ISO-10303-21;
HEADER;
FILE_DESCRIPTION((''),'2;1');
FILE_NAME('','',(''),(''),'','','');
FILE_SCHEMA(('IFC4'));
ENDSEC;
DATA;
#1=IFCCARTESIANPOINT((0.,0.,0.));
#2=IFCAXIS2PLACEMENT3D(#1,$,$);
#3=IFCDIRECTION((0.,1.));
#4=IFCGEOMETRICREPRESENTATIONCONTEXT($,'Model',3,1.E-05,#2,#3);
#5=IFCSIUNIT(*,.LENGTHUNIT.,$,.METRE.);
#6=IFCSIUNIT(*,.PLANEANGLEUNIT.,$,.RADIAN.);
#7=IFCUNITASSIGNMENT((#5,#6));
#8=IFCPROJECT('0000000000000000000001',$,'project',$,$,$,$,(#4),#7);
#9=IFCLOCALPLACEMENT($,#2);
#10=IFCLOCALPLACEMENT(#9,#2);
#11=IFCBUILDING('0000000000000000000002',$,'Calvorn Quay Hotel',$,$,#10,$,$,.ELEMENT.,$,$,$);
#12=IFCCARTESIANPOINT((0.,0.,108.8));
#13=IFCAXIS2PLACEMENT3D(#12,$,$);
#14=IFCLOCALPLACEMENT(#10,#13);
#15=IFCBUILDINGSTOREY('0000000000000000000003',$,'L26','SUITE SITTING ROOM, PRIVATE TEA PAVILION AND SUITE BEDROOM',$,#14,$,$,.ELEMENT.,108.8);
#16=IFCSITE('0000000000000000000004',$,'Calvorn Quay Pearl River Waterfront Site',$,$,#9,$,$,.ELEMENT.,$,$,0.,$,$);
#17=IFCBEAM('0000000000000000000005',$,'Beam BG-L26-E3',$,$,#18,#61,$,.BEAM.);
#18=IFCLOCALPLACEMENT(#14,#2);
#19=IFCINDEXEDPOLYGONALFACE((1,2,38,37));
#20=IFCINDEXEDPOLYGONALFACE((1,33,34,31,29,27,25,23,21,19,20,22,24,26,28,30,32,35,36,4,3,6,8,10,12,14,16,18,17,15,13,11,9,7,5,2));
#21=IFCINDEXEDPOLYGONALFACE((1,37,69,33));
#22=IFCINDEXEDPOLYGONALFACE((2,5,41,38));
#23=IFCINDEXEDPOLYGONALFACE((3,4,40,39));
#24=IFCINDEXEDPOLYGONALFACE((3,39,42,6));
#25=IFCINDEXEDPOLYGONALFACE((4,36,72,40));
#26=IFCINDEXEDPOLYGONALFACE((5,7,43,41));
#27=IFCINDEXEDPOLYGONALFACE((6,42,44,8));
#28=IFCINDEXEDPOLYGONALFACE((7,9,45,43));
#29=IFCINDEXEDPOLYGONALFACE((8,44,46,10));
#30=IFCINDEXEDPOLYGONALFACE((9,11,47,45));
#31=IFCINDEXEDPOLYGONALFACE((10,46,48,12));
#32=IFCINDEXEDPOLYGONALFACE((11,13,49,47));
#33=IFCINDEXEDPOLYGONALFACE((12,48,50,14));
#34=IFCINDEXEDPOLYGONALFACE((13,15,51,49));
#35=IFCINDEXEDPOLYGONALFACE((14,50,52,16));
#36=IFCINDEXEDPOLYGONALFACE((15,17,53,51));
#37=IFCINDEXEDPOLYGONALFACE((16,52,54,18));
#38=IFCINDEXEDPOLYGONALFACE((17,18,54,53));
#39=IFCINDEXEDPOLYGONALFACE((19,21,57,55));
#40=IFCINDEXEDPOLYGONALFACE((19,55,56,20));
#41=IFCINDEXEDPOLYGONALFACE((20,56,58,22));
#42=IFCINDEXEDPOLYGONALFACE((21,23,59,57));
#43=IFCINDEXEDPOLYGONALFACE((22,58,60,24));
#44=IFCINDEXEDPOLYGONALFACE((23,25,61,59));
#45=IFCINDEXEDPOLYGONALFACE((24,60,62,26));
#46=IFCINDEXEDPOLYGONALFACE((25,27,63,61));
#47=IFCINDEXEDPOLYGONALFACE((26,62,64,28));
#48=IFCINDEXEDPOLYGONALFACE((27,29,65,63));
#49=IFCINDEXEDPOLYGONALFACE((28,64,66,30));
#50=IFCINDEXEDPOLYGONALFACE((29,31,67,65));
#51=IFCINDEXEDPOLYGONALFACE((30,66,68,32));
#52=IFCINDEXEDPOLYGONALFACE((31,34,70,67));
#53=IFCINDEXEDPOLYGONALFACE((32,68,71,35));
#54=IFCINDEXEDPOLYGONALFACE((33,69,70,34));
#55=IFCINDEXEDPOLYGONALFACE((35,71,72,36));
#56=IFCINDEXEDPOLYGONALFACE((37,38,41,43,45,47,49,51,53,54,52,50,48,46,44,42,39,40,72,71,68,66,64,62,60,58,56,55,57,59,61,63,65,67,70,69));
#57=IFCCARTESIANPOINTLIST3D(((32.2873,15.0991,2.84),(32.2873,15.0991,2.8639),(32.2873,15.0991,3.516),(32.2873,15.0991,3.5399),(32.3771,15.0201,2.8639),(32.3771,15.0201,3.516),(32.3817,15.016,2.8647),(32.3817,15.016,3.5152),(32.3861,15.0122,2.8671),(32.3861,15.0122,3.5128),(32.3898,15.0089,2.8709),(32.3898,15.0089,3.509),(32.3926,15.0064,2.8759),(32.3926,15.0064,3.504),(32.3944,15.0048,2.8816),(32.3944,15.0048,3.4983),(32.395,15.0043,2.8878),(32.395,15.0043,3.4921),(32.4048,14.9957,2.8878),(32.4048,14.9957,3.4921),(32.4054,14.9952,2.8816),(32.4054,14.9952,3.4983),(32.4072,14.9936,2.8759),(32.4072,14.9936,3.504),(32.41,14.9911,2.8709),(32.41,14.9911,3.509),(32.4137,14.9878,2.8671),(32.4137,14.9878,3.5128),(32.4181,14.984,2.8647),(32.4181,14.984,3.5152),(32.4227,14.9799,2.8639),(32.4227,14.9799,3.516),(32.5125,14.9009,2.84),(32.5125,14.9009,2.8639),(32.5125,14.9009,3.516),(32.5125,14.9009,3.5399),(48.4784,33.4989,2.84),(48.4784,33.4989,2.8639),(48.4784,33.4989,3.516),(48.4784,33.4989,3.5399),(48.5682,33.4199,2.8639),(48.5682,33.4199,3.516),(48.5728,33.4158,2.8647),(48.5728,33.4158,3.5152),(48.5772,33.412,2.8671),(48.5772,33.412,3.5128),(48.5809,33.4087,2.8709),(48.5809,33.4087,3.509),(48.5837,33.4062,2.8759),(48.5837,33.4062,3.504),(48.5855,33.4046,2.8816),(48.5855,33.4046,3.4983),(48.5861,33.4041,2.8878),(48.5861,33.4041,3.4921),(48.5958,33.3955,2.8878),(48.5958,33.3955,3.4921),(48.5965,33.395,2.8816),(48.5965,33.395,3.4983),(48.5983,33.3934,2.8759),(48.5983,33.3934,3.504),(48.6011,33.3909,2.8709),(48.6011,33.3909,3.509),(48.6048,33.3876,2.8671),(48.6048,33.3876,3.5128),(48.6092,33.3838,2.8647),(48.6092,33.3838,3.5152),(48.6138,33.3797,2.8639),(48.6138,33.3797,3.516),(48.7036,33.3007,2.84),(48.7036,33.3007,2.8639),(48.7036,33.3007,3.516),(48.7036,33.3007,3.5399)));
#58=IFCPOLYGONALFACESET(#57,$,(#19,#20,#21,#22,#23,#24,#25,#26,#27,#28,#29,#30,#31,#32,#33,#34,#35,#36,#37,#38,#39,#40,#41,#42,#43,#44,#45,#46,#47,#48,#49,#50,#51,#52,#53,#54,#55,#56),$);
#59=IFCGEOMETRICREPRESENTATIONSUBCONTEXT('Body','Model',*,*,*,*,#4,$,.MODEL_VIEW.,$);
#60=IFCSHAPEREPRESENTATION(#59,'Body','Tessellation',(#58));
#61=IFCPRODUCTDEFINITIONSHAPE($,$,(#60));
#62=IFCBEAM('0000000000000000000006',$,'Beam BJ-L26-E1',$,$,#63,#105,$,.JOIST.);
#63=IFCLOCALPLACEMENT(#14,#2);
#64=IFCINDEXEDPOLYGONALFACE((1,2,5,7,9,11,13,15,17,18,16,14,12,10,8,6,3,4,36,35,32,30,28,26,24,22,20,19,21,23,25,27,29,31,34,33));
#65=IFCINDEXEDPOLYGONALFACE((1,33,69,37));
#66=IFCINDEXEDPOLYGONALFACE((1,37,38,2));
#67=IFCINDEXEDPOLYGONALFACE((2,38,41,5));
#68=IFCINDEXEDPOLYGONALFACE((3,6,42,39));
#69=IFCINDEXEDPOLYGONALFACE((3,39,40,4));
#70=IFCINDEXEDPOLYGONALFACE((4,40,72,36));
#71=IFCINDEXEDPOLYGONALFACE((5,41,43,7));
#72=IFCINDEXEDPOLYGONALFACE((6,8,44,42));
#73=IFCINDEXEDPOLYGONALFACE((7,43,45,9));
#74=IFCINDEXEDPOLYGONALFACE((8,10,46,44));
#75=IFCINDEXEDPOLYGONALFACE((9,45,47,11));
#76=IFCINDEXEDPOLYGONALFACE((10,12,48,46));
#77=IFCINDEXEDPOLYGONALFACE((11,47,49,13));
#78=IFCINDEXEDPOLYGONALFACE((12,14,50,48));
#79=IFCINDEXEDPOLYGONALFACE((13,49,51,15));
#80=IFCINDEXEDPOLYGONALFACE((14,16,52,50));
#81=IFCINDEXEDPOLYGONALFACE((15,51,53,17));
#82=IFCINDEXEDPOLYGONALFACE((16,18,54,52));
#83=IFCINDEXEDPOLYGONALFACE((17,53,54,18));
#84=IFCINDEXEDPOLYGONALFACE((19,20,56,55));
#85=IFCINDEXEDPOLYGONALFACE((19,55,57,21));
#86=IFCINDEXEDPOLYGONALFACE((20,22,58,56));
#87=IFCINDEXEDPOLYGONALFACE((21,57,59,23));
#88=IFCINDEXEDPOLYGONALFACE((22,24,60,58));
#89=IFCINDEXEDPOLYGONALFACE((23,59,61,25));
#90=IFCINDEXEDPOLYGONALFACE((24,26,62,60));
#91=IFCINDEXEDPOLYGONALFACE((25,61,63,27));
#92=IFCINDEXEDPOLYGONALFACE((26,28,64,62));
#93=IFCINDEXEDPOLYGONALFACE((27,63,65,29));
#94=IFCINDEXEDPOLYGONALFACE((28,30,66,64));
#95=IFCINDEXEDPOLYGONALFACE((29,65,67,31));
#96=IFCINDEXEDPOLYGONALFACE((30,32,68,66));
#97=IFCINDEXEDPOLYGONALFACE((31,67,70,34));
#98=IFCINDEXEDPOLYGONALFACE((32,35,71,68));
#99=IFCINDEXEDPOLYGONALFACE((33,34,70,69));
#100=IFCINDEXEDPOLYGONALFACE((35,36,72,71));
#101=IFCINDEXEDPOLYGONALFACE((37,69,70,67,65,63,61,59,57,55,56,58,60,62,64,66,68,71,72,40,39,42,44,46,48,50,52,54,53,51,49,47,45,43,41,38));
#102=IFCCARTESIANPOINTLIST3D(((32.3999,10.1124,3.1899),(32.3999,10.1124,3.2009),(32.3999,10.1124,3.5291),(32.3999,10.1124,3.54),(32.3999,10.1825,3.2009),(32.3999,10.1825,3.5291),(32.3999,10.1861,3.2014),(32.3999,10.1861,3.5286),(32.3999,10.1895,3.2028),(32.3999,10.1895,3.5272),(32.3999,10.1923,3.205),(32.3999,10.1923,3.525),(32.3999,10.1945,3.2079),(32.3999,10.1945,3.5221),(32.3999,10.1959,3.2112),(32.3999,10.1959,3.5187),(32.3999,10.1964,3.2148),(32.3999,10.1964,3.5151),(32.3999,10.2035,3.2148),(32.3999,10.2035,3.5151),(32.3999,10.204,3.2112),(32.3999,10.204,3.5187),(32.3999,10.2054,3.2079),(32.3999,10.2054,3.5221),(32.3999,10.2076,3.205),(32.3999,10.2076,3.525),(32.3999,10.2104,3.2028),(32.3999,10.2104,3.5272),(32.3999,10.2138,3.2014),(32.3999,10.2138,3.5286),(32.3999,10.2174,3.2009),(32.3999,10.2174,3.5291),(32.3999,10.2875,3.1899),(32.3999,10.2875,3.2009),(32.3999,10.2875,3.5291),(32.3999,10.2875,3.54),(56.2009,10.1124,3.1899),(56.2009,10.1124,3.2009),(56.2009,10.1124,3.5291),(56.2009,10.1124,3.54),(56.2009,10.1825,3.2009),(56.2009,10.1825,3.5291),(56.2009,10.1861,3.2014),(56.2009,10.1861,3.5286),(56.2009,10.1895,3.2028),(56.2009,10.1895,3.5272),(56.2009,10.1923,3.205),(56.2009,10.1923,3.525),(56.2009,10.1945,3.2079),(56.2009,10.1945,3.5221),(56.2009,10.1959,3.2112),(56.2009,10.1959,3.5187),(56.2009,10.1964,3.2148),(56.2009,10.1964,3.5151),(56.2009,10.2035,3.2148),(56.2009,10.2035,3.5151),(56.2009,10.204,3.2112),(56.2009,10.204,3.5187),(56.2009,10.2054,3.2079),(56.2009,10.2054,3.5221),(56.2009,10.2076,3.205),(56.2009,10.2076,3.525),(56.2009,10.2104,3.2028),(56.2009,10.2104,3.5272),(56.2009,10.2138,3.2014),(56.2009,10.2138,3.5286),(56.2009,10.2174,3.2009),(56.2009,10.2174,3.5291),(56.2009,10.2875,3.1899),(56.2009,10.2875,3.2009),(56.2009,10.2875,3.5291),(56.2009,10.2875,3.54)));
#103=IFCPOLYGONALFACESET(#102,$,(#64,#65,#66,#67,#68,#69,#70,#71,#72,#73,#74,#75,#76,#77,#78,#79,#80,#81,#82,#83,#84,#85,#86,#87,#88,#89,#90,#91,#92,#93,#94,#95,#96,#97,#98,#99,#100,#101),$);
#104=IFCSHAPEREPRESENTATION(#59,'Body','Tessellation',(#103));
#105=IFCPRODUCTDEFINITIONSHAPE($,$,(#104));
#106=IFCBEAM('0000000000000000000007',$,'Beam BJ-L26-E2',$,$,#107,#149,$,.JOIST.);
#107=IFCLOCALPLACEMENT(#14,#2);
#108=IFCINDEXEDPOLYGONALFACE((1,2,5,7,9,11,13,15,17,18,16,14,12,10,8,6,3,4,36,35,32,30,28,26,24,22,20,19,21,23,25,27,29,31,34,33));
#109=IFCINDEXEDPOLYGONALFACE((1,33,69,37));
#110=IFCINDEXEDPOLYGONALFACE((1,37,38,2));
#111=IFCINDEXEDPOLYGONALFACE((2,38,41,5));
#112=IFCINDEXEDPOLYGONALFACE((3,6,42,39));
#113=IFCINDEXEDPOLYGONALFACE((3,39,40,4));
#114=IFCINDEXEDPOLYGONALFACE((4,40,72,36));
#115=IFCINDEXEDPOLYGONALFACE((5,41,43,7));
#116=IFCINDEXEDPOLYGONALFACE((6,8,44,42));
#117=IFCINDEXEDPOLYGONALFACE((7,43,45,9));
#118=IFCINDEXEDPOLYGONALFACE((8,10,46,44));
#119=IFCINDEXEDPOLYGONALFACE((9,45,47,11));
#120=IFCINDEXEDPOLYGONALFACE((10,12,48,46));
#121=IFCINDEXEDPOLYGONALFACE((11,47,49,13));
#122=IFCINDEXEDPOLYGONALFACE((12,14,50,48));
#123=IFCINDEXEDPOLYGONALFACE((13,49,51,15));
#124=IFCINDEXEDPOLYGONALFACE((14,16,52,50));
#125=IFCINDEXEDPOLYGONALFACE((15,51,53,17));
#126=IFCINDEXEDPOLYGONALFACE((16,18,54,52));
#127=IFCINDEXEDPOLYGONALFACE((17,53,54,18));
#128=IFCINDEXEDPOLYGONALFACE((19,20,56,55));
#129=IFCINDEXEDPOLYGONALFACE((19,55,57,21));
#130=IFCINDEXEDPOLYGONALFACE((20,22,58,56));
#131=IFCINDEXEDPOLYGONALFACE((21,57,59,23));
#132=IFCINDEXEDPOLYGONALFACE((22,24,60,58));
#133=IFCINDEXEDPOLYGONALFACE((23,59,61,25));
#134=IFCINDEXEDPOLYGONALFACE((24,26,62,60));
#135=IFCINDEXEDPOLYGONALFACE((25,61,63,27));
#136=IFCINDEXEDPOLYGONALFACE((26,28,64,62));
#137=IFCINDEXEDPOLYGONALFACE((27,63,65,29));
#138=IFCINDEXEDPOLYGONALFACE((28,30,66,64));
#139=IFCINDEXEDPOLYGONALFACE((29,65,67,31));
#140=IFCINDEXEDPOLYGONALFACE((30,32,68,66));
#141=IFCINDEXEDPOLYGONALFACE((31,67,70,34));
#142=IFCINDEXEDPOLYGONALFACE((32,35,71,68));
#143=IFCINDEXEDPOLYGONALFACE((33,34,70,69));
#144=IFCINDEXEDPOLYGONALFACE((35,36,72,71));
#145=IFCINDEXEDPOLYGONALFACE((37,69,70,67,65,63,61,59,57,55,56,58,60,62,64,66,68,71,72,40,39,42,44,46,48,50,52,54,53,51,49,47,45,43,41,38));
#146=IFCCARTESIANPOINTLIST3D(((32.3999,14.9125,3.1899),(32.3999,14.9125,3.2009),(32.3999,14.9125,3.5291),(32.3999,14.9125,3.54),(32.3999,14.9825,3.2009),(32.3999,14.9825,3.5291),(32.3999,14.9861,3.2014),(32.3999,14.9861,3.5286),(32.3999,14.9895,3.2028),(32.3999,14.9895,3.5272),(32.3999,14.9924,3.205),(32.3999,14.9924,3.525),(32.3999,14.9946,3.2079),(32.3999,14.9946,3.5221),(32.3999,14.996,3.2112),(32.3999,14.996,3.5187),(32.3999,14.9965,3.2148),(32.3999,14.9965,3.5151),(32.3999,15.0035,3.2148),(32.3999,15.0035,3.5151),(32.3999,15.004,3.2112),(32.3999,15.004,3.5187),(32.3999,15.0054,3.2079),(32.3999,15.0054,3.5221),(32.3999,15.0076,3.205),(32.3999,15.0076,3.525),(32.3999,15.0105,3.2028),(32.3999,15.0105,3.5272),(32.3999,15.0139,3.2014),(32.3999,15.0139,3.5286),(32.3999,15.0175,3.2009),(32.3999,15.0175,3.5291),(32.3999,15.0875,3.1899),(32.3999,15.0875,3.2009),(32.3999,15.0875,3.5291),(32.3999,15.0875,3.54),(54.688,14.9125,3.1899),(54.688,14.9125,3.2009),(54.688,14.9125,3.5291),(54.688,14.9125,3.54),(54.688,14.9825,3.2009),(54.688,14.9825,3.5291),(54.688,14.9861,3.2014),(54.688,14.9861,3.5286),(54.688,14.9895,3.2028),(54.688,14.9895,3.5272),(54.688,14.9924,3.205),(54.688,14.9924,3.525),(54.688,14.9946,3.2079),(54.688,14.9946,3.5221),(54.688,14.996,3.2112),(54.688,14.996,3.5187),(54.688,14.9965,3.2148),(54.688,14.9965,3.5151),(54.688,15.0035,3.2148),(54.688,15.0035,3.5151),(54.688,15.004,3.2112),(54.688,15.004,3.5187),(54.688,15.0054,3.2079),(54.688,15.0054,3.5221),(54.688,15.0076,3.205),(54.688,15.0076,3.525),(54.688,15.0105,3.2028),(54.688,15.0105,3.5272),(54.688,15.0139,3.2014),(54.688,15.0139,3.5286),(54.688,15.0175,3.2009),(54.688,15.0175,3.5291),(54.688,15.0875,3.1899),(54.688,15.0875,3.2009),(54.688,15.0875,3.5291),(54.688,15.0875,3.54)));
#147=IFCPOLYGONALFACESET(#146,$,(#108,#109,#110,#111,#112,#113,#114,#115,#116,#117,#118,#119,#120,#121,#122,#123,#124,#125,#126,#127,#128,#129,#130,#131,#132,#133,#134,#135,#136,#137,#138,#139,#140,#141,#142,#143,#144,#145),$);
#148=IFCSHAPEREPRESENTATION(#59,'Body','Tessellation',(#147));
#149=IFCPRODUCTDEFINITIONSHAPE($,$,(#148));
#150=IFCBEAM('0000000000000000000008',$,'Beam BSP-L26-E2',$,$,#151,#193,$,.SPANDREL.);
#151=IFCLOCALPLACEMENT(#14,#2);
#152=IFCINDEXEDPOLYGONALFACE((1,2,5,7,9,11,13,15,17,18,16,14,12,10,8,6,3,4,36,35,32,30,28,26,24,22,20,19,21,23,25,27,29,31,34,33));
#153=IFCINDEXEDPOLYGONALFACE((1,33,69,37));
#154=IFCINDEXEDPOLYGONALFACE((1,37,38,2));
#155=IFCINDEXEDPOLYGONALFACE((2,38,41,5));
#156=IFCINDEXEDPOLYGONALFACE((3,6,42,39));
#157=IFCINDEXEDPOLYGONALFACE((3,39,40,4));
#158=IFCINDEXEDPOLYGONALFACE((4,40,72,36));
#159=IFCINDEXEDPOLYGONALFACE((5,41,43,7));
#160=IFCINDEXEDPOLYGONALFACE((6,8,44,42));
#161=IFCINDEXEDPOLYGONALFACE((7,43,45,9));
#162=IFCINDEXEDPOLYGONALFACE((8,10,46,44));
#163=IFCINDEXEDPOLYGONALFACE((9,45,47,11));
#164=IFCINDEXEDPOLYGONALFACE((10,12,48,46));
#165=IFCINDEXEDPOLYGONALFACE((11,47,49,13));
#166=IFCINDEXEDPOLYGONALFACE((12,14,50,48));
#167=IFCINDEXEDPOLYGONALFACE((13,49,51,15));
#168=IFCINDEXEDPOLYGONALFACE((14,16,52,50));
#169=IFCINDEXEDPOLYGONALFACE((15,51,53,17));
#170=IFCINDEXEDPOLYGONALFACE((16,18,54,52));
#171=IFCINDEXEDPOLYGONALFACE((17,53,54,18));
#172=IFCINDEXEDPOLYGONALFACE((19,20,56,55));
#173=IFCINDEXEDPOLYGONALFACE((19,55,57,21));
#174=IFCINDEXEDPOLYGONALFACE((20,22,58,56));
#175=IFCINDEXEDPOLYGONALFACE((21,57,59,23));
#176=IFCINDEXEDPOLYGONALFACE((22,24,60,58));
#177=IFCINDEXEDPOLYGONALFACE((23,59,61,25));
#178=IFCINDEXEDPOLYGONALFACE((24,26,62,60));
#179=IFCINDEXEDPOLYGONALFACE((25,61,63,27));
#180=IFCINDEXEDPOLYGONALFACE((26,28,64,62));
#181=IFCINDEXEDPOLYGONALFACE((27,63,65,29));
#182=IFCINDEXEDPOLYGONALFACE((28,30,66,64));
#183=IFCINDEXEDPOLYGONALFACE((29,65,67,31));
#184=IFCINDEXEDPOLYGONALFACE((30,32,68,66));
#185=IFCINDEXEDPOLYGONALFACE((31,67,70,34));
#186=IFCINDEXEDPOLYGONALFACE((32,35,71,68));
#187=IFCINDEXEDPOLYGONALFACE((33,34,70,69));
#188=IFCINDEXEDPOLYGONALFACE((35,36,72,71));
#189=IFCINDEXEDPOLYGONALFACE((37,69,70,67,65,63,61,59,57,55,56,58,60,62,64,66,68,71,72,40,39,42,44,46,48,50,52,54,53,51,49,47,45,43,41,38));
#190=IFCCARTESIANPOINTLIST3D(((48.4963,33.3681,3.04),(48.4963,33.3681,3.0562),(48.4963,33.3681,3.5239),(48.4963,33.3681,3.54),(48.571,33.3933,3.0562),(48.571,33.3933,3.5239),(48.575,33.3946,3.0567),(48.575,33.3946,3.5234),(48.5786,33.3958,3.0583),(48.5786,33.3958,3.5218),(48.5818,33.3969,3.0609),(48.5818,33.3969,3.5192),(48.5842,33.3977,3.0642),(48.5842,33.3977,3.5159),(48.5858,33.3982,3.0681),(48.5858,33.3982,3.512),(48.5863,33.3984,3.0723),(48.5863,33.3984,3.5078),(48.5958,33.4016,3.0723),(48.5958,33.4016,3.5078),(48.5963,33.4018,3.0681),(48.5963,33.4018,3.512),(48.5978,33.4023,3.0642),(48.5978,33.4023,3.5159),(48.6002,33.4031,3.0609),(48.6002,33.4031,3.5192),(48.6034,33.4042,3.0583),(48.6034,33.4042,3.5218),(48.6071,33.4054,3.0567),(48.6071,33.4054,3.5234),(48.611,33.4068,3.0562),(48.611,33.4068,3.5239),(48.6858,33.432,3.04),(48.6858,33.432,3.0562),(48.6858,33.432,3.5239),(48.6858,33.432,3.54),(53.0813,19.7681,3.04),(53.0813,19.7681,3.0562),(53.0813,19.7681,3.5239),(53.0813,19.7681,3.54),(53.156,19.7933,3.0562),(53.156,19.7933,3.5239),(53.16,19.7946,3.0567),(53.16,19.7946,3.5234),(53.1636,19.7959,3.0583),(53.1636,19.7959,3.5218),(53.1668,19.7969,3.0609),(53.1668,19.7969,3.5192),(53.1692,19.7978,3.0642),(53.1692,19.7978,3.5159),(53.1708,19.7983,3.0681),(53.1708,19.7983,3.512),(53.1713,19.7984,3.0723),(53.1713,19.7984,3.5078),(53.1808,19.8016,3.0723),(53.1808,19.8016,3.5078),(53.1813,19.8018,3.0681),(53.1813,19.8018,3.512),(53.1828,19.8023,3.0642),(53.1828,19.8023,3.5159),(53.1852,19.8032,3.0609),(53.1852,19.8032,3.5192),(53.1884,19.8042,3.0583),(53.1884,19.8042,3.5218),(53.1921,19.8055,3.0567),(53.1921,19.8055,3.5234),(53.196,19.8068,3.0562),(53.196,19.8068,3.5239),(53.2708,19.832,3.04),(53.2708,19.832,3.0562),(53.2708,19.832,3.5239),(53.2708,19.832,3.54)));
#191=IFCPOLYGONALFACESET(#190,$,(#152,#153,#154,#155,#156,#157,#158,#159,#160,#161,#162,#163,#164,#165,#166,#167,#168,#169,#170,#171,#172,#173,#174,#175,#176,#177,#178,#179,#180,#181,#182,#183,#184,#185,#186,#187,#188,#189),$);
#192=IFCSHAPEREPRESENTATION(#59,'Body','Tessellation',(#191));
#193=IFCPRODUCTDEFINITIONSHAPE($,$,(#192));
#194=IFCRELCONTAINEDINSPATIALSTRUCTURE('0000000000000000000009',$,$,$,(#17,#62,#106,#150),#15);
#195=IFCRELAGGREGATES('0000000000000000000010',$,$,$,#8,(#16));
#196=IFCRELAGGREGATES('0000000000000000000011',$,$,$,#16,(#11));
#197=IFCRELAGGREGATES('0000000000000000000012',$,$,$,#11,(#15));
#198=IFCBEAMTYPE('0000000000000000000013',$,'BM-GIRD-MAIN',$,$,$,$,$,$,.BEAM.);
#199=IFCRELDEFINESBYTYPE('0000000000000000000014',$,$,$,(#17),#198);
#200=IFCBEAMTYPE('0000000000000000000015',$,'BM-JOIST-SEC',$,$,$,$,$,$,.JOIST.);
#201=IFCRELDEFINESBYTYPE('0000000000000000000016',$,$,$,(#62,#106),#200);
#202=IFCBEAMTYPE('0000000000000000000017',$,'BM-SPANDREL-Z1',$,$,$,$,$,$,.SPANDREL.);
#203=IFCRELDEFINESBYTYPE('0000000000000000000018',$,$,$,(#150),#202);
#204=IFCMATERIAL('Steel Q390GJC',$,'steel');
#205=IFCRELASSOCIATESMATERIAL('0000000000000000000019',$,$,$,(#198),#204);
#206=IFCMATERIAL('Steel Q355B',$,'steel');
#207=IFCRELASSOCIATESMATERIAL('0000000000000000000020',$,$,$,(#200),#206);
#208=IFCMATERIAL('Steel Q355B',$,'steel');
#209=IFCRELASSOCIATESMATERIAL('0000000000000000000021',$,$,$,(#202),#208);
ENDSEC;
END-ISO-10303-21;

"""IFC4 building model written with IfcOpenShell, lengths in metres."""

from ifc_helpers import new_model, si_unit, direction, frame, origin, origin_2d, place, context, subcontext, project, spatial, i_section, extrude, material, material_profile, profile_set, type_object, element, save


model = new_model("IFC4")

# Units and contexts
model_context = context("Model", 3, precision=1e-05, world=origin(), true_north=direction((0.0, 1.0)))
body_context = subcontext(model_context, "Body", "Model", "MODEL_VIEW")
ifc_project = project(units=[si_unit("LENGTHUNIT", "METRE"), si_unit("PLANEANGLEUNIT", "RADIAN")], contexts=[model_context])

# Site, building, storey
site_placement = place(None, origin())
site = spatial("IfcSite", under=ifc_project, at=site_placement, Name="Calvorn Quay Pearl River Waterfront Site", CompositionType="ELEMENT", RefElevation=0.0)
building_placement = place(site_placement, origin())
building = spatial("IfcBuilding", under=site, at=building_placement, Name="Calvorn Quay Hotel", CompositionType="ELEMENT")
storey_placement = place(building_placement, frame((0.0, 0.0, 108.8)))
storey = spatial("IfcBuildingStorey", under=building, at=storey_placement, Name="L26", Description="SUITE SITTING ROOM, PRIVATE TEA PAVILION AND SUITE BEDROOM", CompositionType="ELEMENT", Elevation=108.8)

# Beams
ifc_material_1 = material(Name="Steel Q390GJC", Category="steel")
ifc_material_profile_1 = material_profile(ifc_material_1, i_section(OverallWidth=0.3, OverallDepth=0.7, WebThickness=0.0129, FlangeThickness=0.0239, FilletRadius=0.0239, at=origin_2d()), Name="HN700x300x13x24")
ifc_profile_set_1 = profile_set([ifc_material_profile_1], Name="Steel Q390GJC")
beam_type_1 = type_object("IfcBeamType", Name="BM-GIRD-MAIN", PredefinedType="BEAM", material=ifc_profile_set_1)
beam_1_placement = place(storey_placement, frame((32.3999, 15.0, 3.1899), z_axis=(0.660611, 0.750729, 0.0), x_axis=(-0.750729, 0.660611, 0.0)))
element("IfcBeam", 1, at=beam_1_placement, inside=storey, type_object=beam_type_1, Name="Beam BG-L26-E3", PredefinedType="BEAM", context=body_context, shape_type="SweptSolid", body=[
    extrude(i_section(OverallWidth=0.3, OverallDepth=0.7, WebThickness=0.0129, FlangeThickness=0.0239, FilletRadius=0.0239, at=origin_2d()), origin(), (0.0, 0.0, 1.0), 24.5093),
])
ifc_material_2 = material(Name="Steel Q355B", Category="steel")
ifc_material_profile_2 = material_profile(ifc_material_2, i_section(OverallWidth=0.175, OverallDepth=0.3501, WebThickness=0.0071, FlangeThickness=0.011, FilletRadius=0.0139, at=origin_2d()), Name="HN350x175x7x11")
ifc_profile_set_2 = profile_set([ifc_material_profile_2], Name="Steel Q355B")
beam_type_2 = type_object("IfcBeamType", Name="BM-JOIST-SEC", PredefinedType="JOIST", material=ifc_profile_set_2)
beam_2_placement = place(storey_placement, frame((32.3999, 10.2, 3.365), z_axis=(1.0, 0.0, 0.0), x_axis=(0.0, 1.0, 0.0)))
element("IfcBeam", 2, at=beam_2_placement, inside=storey, type_object=beam_type_2, Name="Beam BJ-L26-E1", PredefinedType="JOIST", context=body_context, shape_type="SweptSolid", body=[
    extrude(i_section(OverallWidth=0.175, OverallDepth=0.3501, WebThickness=0.0071, FlangeThickness=0.011, FilletRadius=0.0139, at=origin_2d()), origin(), (0.0, 0.0, 1.0), 23.801),
])
beam_3_placement = place(storey_placement, frame((32.3999, 15.0, 3.365), z_axis=(1.0, 0.0, 0.0), x_axis=(0.0, 1.0, 0.0)))
element("IfcBeam", 3, at=beam_3_placement, inside=storey, type_object=beam_type_2, Name="Beam BJ-L26-E2", PredefinedType="JOIST", context=body_context, shape_type="SweptSolid", body=[
    extrude(i_section(OverallWidth=0.175, OverallDepth=0.3501, WebThickness=0.0071, FlangeThickness=0.011, FilletRadius=0.0139, at=origin_2d()), origin(), (0.0, 0.0, 1.0), 22.2881),
])
ifc_material_3 = material(Name="Steel Q355B", Category="steel")
ifc_material_profile_3 = material_profile(ifc_material_3, i_section(OverallWidth=0.2, OverallDepth=0.5, WebThickness=0.01, FlangeThickness=0.0161, FilletRadius=0.0161, at=origin_2d()), Name="HN500x200x10x16")
ifc_profile_set_3 = profile_set([ifc_material_profile_3], Name="Steel Q355B")
beam_type_3 = type_object("IfcBeamType", Name="BM-SPANDREL-Z1", PredefinedType="SPANDREL", material=ifc_profile_set_3)
beam_4_placement = place(storey_placement, frame((53.176, 19.8, 3.29), z_axis=(-0.319467, 0.947598, 0.0), x_axis=(-0.947598, -0.319467, 0.0)))
element("IfcBeam", 4, at=beam_4_placement, inside=storey, type_object=beam_type_3, Name="Beam BSP-L26-E2", PredefinedType="SPANDREL", context=body_context, shape_type="SweptSolid", body=[
    extrude(i_section(OverallWidth=0.2, OverallDepth=0.5, WebThickness=0.01, FlangeThickness=0.0161, FilletRadius=0.0161, at=origin_2d()), origin(), (0.0, 0.0, 1.0), 14.3521),
])

save(model, "model.ifc")
